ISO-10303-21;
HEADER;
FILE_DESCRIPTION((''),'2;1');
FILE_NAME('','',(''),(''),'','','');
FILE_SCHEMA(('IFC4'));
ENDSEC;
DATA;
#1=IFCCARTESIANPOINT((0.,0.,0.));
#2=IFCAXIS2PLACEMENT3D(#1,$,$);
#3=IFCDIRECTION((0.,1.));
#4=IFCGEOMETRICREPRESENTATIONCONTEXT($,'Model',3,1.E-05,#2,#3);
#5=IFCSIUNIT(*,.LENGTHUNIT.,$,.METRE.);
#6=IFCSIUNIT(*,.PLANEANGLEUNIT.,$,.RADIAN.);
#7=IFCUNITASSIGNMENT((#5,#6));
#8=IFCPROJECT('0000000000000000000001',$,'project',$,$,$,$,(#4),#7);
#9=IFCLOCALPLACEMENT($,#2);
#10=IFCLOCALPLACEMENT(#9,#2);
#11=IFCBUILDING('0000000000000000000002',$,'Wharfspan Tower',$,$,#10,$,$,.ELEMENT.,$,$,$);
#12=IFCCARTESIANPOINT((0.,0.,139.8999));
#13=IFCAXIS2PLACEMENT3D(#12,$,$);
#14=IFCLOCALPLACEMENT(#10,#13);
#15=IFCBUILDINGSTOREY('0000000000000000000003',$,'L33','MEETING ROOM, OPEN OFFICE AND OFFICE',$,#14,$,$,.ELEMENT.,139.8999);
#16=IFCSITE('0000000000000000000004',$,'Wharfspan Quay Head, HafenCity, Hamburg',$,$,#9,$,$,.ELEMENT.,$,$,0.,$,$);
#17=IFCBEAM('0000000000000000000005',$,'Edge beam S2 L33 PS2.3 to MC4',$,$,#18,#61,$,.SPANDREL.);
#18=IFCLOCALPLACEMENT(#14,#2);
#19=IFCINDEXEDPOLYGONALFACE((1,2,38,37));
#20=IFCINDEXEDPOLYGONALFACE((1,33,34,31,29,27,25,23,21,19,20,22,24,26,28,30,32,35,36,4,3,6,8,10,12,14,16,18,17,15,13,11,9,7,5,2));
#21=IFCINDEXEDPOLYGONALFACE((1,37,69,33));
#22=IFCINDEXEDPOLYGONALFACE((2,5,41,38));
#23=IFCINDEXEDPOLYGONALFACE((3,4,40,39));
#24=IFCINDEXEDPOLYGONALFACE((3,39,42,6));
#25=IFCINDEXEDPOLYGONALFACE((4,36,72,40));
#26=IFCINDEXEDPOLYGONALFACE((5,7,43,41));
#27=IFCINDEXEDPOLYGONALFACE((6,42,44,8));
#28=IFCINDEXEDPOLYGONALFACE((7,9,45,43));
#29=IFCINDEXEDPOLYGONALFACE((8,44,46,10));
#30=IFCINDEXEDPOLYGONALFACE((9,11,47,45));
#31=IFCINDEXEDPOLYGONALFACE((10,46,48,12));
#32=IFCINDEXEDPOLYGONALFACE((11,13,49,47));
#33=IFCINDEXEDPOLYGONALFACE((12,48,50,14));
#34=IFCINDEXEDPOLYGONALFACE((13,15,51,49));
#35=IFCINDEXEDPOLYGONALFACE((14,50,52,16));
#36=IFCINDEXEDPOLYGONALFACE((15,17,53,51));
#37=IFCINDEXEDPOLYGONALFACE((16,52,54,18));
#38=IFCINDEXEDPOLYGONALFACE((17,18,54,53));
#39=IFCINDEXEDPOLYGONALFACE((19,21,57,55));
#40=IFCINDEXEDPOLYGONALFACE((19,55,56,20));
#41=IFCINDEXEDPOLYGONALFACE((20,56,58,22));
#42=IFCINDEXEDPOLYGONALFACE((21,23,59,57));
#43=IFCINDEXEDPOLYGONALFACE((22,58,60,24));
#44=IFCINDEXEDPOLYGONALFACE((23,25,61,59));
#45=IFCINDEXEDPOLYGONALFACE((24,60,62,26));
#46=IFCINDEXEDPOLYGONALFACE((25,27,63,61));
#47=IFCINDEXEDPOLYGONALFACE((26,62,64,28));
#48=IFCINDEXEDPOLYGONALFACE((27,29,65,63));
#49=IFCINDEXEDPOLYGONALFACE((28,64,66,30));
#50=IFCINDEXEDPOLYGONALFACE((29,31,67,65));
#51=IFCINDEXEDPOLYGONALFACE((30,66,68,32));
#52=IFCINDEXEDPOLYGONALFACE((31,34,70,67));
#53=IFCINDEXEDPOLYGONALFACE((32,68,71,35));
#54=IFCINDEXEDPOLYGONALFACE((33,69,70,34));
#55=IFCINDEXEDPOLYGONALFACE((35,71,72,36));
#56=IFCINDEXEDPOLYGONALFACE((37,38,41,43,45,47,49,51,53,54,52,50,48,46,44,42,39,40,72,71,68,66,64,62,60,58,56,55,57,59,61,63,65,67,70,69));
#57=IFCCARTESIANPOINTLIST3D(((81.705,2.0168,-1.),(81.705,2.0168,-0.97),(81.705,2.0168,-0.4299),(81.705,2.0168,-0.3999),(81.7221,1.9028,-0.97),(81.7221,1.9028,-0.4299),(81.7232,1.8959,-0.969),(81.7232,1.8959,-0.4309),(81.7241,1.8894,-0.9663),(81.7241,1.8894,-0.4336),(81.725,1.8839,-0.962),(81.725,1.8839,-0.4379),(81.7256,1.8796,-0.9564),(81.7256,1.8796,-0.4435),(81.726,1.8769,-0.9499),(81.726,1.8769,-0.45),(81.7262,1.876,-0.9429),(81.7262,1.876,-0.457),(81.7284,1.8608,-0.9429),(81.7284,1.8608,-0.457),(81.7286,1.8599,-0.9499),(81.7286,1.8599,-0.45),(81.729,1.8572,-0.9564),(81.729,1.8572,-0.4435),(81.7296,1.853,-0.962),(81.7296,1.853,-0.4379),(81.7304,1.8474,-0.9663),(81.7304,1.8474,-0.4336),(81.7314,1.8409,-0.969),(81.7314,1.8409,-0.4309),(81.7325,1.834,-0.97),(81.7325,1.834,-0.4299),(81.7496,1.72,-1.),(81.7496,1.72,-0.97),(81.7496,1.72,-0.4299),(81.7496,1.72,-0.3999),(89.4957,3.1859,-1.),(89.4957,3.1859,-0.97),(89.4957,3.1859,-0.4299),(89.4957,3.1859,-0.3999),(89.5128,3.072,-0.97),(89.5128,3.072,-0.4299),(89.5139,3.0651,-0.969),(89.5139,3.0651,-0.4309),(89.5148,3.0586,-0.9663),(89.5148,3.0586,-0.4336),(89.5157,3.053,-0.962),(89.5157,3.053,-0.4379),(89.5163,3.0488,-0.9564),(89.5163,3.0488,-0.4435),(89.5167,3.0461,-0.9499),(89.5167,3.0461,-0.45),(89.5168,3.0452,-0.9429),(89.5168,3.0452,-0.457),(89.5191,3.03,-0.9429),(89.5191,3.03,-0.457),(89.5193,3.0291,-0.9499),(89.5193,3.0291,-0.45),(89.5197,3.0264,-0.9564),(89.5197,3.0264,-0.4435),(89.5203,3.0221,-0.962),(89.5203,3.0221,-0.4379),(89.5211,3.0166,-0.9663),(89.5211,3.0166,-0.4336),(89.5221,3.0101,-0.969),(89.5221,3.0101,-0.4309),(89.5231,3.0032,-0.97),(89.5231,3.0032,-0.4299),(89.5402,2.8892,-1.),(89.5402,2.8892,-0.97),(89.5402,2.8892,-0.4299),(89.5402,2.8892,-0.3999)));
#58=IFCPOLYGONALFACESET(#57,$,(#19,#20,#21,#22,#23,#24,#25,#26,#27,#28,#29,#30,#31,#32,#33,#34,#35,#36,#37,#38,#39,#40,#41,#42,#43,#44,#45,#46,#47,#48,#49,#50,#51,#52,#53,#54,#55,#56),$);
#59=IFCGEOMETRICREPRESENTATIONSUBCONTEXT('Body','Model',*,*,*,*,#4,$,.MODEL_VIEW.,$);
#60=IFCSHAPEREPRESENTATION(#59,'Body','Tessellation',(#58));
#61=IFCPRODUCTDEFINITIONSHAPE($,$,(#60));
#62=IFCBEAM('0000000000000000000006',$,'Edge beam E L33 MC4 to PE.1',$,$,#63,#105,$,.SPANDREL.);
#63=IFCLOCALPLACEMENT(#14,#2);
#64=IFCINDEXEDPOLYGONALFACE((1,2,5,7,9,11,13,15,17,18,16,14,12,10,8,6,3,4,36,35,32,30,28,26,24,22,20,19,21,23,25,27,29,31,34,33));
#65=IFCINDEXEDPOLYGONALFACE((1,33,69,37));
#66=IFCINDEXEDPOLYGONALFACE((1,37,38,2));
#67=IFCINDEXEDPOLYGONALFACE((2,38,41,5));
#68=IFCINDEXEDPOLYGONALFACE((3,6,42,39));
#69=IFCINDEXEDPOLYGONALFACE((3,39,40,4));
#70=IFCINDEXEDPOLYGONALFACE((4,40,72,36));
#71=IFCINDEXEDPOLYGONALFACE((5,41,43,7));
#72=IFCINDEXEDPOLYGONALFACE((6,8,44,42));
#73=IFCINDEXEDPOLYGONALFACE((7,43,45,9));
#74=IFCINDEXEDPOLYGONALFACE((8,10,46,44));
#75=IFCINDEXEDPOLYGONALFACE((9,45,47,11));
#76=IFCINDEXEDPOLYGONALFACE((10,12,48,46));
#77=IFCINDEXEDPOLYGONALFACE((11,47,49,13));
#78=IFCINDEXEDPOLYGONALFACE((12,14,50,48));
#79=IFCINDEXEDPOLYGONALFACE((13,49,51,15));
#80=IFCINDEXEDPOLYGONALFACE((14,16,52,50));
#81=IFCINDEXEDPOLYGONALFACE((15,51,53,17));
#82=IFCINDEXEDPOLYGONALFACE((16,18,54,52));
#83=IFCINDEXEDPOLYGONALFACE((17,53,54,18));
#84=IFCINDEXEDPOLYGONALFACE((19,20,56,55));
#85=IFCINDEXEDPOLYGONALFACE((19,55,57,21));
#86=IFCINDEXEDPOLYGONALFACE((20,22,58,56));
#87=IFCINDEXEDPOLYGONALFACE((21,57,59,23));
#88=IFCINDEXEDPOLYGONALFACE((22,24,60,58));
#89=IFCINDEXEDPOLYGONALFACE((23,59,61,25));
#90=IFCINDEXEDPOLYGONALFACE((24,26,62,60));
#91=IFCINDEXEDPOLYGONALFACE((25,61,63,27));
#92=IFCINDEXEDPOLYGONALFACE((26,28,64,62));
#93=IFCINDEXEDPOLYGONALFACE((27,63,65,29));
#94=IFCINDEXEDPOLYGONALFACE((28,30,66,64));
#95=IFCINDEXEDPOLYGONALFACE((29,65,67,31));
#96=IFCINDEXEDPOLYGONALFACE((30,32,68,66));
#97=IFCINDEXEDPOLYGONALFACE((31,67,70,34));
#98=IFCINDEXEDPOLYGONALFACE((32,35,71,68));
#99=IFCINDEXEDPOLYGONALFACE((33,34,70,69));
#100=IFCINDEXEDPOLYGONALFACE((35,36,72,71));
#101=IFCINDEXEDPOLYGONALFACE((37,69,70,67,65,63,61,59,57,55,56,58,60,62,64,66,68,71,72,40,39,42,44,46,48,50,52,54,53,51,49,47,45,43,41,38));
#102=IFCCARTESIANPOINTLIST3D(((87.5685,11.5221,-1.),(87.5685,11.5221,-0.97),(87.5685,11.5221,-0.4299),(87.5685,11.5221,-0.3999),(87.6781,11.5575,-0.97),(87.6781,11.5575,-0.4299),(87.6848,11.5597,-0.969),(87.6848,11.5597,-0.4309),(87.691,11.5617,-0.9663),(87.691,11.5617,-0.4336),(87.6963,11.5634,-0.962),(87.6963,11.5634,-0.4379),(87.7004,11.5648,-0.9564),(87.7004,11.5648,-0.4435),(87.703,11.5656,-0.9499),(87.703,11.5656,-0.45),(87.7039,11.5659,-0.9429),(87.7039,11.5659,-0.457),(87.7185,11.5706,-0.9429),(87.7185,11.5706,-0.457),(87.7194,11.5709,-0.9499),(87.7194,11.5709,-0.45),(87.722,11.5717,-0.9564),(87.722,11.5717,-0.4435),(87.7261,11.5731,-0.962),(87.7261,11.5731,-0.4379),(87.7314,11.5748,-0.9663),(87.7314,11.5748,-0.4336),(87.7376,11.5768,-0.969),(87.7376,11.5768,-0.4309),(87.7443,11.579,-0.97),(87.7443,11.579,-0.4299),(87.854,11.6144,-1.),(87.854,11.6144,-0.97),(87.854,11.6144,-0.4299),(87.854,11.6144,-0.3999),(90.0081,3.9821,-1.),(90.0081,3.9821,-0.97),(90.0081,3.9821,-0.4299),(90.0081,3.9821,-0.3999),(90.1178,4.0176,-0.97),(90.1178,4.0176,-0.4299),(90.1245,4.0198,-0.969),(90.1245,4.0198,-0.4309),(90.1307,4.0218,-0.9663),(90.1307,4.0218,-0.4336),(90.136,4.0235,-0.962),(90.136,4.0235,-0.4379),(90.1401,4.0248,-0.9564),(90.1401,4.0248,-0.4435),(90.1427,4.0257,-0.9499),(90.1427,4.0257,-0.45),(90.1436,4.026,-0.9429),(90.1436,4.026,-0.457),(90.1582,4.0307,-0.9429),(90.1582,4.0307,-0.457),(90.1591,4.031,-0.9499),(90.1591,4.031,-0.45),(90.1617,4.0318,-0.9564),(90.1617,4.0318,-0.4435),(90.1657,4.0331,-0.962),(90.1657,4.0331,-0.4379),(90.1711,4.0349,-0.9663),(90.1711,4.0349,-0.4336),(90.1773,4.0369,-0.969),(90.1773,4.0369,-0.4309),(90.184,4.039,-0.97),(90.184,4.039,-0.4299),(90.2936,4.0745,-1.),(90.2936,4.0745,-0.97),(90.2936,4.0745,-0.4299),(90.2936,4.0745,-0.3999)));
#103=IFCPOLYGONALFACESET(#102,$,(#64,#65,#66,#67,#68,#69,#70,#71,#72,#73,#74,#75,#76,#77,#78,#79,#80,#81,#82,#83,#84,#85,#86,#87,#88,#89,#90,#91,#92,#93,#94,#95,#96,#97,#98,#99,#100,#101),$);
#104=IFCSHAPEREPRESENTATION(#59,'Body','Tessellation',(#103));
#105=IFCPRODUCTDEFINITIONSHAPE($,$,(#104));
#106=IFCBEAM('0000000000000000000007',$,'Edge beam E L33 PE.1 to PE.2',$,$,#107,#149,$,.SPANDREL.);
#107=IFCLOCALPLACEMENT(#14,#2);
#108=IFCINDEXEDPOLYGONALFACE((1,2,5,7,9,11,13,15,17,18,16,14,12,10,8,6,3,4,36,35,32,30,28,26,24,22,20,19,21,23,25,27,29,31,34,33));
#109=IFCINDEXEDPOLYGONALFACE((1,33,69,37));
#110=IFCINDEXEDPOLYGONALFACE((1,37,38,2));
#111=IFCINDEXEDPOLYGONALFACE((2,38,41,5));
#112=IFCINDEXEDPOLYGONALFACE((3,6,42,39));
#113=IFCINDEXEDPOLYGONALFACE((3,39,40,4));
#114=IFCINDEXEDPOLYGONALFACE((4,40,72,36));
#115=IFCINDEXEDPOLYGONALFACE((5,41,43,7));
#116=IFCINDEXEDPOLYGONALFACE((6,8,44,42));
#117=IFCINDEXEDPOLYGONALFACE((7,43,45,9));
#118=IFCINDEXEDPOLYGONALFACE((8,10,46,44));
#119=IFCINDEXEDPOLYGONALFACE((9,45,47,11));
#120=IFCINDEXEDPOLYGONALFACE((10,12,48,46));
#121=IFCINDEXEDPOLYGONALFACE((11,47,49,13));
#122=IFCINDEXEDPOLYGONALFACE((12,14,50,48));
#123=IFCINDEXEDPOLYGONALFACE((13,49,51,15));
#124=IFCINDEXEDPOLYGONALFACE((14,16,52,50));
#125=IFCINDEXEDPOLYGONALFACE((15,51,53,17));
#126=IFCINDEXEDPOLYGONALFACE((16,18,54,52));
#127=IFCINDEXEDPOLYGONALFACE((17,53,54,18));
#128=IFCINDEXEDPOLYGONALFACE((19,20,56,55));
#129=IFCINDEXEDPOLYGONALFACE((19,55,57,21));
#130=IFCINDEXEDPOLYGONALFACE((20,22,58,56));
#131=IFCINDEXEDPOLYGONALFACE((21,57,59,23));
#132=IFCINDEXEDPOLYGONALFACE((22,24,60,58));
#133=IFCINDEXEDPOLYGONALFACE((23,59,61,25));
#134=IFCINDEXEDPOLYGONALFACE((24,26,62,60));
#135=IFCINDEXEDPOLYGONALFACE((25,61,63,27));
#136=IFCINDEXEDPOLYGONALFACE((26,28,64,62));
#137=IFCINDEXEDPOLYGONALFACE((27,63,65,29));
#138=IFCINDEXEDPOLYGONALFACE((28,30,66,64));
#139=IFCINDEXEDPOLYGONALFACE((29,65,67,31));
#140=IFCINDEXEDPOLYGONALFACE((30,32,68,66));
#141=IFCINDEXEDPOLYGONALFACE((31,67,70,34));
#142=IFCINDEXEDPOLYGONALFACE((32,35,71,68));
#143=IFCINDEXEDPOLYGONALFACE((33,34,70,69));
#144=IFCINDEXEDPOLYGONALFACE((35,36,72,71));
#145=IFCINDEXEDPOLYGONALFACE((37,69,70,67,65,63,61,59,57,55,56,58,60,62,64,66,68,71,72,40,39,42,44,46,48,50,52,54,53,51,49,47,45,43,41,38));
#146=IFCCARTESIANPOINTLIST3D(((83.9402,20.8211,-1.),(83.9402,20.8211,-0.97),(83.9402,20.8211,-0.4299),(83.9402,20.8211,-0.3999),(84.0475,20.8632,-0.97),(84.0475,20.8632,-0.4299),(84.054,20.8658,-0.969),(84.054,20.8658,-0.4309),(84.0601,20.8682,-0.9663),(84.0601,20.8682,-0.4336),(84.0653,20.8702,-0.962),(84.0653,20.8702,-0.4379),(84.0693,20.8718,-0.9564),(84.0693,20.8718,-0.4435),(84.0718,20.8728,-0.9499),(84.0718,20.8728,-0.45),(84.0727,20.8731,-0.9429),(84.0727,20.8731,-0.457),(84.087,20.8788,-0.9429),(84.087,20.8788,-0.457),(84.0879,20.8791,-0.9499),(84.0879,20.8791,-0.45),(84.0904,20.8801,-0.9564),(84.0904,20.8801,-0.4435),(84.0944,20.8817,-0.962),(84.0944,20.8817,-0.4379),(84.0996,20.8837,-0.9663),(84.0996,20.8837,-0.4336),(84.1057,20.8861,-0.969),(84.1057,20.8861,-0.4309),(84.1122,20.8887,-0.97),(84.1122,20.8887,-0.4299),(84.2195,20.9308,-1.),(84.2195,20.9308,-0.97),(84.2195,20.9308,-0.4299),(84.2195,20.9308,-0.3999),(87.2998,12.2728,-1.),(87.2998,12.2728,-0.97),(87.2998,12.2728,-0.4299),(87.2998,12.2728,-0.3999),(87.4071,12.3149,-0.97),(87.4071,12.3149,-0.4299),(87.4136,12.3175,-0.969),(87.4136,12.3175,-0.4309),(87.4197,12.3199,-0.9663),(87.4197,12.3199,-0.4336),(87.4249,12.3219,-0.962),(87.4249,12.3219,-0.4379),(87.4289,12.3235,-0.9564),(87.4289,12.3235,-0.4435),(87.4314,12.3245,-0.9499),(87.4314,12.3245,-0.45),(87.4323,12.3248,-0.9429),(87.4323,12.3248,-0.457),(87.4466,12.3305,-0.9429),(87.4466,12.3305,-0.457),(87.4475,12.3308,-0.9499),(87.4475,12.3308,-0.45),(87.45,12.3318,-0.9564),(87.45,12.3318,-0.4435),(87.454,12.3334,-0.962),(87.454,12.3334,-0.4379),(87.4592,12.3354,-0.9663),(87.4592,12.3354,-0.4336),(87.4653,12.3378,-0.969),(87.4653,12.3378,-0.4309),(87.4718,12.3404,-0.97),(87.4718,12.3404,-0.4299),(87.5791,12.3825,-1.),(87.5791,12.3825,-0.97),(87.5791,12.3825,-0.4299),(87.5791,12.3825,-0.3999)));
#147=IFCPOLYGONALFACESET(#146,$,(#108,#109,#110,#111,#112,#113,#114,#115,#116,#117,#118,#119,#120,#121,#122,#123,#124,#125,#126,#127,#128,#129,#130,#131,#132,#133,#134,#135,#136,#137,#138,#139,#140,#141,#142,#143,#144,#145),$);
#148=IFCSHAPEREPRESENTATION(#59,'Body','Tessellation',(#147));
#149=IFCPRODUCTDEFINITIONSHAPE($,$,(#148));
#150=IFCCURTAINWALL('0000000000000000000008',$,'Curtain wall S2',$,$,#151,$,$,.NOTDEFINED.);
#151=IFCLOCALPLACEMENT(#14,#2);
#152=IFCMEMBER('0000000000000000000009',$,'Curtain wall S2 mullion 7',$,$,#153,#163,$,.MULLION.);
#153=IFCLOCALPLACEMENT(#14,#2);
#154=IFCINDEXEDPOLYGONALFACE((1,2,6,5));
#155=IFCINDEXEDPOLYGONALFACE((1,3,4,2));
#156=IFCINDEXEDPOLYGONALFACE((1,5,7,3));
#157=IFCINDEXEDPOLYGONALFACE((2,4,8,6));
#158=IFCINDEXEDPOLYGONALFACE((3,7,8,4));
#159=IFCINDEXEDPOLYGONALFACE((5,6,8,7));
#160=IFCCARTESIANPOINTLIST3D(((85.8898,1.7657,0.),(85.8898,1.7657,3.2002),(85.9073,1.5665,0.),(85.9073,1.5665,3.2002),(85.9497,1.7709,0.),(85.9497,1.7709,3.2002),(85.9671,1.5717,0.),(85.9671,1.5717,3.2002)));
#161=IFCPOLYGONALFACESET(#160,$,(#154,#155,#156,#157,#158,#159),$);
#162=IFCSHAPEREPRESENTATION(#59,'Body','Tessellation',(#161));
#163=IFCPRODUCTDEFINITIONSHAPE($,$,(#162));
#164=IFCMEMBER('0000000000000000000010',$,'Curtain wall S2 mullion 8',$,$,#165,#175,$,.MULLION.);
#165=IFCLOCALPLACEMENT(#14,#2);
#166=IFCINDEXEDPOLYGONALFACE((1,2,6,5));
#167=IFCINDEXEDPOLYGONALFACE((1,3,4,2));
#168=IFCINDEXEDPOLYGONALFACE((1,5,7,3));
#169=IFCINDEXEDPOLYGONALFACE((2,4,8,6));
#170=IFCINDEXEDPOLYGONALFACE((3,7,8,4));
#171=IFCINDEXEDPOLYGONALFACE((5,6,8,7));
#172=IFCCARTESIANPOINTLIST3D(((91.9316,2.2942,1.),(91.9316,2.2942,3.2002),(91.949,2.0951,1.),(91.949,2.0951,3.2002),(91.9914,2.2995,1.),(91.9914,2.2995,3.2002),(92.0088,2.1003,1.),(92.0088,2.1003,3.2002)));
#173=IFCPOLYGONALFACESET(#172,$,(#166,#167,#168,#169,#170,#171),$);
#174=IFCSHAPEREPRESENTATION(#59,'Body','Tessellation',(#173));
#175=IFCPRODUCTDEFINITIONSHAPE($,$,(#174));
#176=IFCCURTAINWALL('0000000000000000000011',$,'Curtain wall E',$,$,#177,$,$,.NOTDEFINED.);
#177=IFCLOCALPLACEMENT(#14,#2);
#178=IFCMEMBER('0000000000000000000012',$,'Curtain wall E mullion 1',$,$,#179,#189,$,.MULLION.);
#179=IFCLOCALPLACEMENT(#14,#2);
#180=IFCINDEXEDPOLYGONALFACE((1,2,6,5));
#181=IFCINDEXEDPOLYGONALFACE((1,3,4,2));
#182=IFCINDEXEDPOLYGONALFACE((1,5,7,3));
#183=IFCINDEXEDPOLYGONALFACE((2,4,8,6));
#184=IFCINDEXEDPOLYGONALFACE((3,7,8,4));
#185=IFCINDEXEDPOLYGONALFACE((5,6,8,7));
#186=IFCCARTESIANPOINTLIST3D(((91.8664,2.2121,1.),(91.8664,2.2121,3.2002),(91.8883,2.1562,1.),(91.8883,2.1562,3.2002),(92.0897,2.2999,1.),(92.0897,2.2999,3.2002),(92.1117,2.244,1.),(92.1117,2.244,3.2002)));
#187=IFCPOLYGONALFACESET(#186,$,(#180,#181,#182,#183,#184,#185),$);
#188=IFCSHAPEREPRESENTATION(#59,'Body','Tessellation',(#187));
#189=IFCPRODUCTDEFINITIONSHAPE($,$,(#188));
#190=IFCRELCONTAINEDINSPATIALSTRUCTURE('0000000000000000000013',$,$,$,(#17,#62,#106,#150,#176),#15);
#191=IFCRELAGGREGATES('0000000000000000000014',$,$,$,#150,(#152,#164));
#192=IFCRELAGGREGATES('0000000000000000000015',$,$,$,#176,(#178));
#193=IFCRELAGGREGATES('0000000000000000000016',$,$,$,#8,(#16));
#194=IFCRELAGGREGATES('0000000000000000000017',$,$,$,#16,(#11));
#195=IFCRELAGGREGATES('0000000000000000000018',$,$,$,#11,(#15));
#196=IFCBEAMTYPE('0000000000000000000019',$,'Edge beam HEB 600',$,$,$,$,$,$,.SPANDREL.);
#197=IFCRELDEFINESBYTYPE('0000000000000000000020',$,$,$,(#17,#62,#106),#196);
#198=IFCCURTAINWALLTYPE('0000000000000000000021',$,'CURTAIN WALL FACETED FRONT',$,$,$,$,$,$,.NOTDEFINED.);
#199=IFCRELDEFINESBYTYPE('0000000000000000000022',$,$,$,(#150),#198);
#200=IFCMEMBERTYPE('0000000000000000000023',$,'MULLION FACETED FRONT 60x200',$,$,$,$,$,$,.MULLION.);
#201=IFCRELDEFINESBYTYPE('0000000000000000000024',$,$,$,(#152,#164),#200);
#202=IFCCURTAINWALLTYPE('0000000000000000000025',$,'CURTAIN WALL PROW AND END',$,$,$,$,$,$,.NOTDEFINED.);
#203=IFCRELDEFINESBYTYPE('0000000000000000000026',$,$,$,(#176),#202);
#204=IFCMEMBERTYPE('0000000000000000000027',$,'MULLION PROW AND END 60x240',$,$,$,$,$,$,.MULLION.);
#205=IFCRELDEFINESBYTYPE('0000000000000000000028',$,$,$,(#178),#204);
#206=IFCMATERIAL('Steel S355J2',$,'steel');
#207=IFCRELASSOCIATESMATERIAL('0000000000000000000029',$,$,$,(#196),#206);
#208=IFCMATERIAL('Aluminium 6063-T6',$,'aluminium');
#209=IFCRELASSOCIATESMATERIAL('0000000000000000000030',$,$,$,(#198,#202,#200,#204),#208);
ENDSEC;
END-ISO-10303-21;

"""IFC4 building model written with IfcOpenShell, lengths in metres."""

from ifc_helpers import new_model, si_unit, direction, frame, origin, origin_2d, place, context, subcontext, project, spatial, rectangle, i_section, extrude, material, material_profile, profile_set, type_object, element, aggregate, save


model = new_model("IFC4")

# Units and contexts
model_context = context("Model", 3, precision=1e-05, world=origin(), true_north=direction((0.0, 1.0)))
body_context = subcontext(model_context, "Body", "Model", "MODEL_VIEW")
ifc_project = project(units=[si_unit("LENGTHUNIT", "METRE"), si_unit("PLANEANGLEUNIT", "RADIAN")], contexts=[model_context])

# Site, building, storey
site_placement = place(None, origin())
site = spatial("IfcSite", under=ifc_project, at=site_placement, Name="Wharfspan Quay Head, HafenCity, Hamburg", CompositionType="ELEMENT", RefElevation=0.0)
building_placement = place(site_placement, origin())
building = spatial("IfcBuilding", under=site, at=building_placement, Name="Wharfspan Tower", CompositionType="ELEMENT")
storey_placement = place(building_placement, frame((0.0, 0.0, 139.8999)))
storey = spatial("IfcBuildingStorey", under=building, at=storey_placement, Name="L33", Description="MEETING ROOM, OPEN OFFICE AND OFFICE", CompositionType="ELEMENT", Elevation=139.8999)

# Shared definitions
ifc_material_1 = material(Name="Steel S355J2", Category="steel")

# Beams
ifc_material_profile_1 = material_profile(ifc_material_1, i_section(OverallWidth=0.3, OverallDepth=0.6001, WebThickness=0.0154, FlangeThickness=0.03, FilletRadius=0.0271, at=origin_2d()))
ifc_profile_set_1 = profile_set([ifc_material_profile_1], Name="Steel S355J2")
beam_type = type_object("IfcBeamType", Name="Edge beam HEB 600", PredefinedType="SPANDREL", material=ifc_profile_set_1)
beam_1_placement = place(storey_placement, frame((81.7273, 1.8684, -0.7), z_axis=(0.988926, 0.148412, 0.0), x_axis=(-0.148412, 0.988926, 0.0)))
element("IfcBeam", 1, at=beam_1_placement, inside=storey, type_object=beam_type, Name="Edge beam S2 L33 PS2.3 to MC4", PredefinedType="SPANDREL", context=body_context, shape_type="SweptSolid", body=[
    extrude(i_section(OverallWidth=0.3, OverallDepth=0.6001, WebThickness=0.0154, FlangeThickness=0.03, FilletRadius=0.0271, at=origin_2d()), origin(), (0.0, 0.0, 1.0), 7.8779),
])
beam_2_placement = place(storey_placement, frame((90.1509, 4.0283, -0.7), z_axis=(-0.307851, 0.951434, 0.0), x_axis=(-0.951434, -0.307851, 0.0)))
element("IfcBeam", 2, at=beam_2_placement, inside=storey, type_object=beam_type, Name="Edge beam E L33 MC4 to PE.1", PredefinedType="SPANDREL", context=body_context, shape_type="SweptSolid", body=[
    extrude(i_section(OverallWidth=0.3, OverallDepth=0.6001, WebThickness=0.0154, FlangeThickness=0.03, FilletRadius=0.0271, at=origin_2d()), origin(), (0.0, 0.0, 1.0), 7.9248),
])
beam_3_placement = place(storey_placement, frame((87.4395, 12.3276, -0.7), z_axis=(-0.365779, 0.930702, 0.0), x_axis=(-0.930702, -0.365779, 0.0)))
element("IfcBeam", 3, at=beam_3_placement, inside=storey, type_object=beam_type, Name="Edge beam E L33 PE.1 to PE.2", PredefinedType="SPANDREL", context=body_context, shape_type="SweptSolid", body=[
    extrude(i_section(OverallWidth=0.3, OverallDepth=0.6001, WebThickness=0.0154, FlangeThickness=0.03, FilletRadius=0.0271, at=origin_2d()), origin(), (0.0, 0.0, 1.0), 9.1848),
])

# Curtain walls, members
ifc_material_2 = material(Name="Aluminium 6063-T6", Category="aluminium")
curtain_wall_type_1 = type_object("IfcCurtainWallType", Name="CURTAIN WALL FACETED FRONT", PredefinedType="NOTDEFINED", material=ifc_material_2)
curtain_wall_1_placement = place(storey_placement, origin())
curtain_wall_1 = element("IfcCurtainWall", 4, at=curtain_wall_1_placement, inside=storey, type_object=curtain_wall_type_1, Name="Curtain wall S2", PredefinedType="NOTDEFINED")
ifc_material_profile_2 = material_profile(ifc_material_2, rectangle(XDim=0.2, YDim=0.0601, at=origin_2d()))
ifc_profile_set_2 = profile_set([ifc_material_profile_2], Name="Aluminium 6063-T6")
member_type_1 = type_object("IfcMemberType", Name="MULLION FACETED FRONT 60x200", PredefinedType="MULLION", material=ifc_profile_set_2)
member_1_placement = place(storey_placement, frame((85.9285, 1.6687, 0.0), z_axis=(0.0, 0.0, 1.0), x_axis=(-0.087156, 0.996198, 0.0)))
member_1 = element("IfcMember", 5, at=member_1_placement, type_object=member_type_1, Name="Curtain wall S2 mullion 7", PredefinedType="MULLION", context=body_context, shape_type="SweptSolid", body=[
    extrude(rectangle(XDim=0.2, YDim=0.0601, at=origin_2d()), origin(), (0.0, 0.0, 1.0), 3.2002),
])
member_2_placement = place(storey_placement, frame((91.9702, 2.1973, 1.0), z_axis=(0.0, 0.0, 1.0), x_axis=(-0.087156, 0.996198, 0.0)))
member_2 = element("IfcMember", 6, at=member_2_placement, type_object=member_type_1, Name="Curtain wall S2 mullion 8", PredefinedType="MULLION", context=body_context, shape_type="SweptSolid", body=[
    extrude(rectangle(XDim=0.2, YDim=0.0601, at=origin_2d()), origin(), (0.0, 0.0, 1.0), 2.2002),
])
curtain_wall_type_2 = type_object("IfcCurtainWallType", Name="CURTAIN WALL PROW AND END", PredefinedType="NOTDEFINED", material=ifc_material_2)
curtain_wall_2_placement = place(storey_placement, origin())
curtain_wall_2 = element("IfcCurtainWall", 7, at=curtain_wall_2_placement, inside=storey, type_object=curtain_wall_type_2, Name="Curtain wall E", PredefinedType="NOTDEFINED")
ifc_material_profile_3 = material_profile(ifc_material_2, rectangle(XDim=0.24, YDim=0.0601, at=origin_2d()))
ifc_profile_set_3 = profile_set([ifc_material_profile_3], Name="Aluminium 6063-T6")
member_type_2 = type_object("IfcMemberType", Name="MULLION PROW AND END 60x240", PredefinedType="MULLION", material=ifc_profile_set_3)
member_3_placement = place(storey_placement, frame((91.989, 2.228, 1.0), z_axis=(0.0, 0.0, 1.0), x_axis=(-0.930702, -0.365778, 0.0)))
member_3 = element("IfcMember", 8, at=member_3_placement, type_object=member_type_2, Name="Curtain wall E mullion 1", PredefinedType="MULLION", context=body_context, shape_type="SweptSolid", body=[
    extrude(rectangle(XDim=0.24, YDim=0.0601, at=origin_2d()), origin(), (0.0, 0.0, 1.0), 2.2002),
])

aggregate(curtain_wall_1, [member_1, member_2])
aggregate(curtain_wall_2, [member_3])

save(model, "model.ifc")
